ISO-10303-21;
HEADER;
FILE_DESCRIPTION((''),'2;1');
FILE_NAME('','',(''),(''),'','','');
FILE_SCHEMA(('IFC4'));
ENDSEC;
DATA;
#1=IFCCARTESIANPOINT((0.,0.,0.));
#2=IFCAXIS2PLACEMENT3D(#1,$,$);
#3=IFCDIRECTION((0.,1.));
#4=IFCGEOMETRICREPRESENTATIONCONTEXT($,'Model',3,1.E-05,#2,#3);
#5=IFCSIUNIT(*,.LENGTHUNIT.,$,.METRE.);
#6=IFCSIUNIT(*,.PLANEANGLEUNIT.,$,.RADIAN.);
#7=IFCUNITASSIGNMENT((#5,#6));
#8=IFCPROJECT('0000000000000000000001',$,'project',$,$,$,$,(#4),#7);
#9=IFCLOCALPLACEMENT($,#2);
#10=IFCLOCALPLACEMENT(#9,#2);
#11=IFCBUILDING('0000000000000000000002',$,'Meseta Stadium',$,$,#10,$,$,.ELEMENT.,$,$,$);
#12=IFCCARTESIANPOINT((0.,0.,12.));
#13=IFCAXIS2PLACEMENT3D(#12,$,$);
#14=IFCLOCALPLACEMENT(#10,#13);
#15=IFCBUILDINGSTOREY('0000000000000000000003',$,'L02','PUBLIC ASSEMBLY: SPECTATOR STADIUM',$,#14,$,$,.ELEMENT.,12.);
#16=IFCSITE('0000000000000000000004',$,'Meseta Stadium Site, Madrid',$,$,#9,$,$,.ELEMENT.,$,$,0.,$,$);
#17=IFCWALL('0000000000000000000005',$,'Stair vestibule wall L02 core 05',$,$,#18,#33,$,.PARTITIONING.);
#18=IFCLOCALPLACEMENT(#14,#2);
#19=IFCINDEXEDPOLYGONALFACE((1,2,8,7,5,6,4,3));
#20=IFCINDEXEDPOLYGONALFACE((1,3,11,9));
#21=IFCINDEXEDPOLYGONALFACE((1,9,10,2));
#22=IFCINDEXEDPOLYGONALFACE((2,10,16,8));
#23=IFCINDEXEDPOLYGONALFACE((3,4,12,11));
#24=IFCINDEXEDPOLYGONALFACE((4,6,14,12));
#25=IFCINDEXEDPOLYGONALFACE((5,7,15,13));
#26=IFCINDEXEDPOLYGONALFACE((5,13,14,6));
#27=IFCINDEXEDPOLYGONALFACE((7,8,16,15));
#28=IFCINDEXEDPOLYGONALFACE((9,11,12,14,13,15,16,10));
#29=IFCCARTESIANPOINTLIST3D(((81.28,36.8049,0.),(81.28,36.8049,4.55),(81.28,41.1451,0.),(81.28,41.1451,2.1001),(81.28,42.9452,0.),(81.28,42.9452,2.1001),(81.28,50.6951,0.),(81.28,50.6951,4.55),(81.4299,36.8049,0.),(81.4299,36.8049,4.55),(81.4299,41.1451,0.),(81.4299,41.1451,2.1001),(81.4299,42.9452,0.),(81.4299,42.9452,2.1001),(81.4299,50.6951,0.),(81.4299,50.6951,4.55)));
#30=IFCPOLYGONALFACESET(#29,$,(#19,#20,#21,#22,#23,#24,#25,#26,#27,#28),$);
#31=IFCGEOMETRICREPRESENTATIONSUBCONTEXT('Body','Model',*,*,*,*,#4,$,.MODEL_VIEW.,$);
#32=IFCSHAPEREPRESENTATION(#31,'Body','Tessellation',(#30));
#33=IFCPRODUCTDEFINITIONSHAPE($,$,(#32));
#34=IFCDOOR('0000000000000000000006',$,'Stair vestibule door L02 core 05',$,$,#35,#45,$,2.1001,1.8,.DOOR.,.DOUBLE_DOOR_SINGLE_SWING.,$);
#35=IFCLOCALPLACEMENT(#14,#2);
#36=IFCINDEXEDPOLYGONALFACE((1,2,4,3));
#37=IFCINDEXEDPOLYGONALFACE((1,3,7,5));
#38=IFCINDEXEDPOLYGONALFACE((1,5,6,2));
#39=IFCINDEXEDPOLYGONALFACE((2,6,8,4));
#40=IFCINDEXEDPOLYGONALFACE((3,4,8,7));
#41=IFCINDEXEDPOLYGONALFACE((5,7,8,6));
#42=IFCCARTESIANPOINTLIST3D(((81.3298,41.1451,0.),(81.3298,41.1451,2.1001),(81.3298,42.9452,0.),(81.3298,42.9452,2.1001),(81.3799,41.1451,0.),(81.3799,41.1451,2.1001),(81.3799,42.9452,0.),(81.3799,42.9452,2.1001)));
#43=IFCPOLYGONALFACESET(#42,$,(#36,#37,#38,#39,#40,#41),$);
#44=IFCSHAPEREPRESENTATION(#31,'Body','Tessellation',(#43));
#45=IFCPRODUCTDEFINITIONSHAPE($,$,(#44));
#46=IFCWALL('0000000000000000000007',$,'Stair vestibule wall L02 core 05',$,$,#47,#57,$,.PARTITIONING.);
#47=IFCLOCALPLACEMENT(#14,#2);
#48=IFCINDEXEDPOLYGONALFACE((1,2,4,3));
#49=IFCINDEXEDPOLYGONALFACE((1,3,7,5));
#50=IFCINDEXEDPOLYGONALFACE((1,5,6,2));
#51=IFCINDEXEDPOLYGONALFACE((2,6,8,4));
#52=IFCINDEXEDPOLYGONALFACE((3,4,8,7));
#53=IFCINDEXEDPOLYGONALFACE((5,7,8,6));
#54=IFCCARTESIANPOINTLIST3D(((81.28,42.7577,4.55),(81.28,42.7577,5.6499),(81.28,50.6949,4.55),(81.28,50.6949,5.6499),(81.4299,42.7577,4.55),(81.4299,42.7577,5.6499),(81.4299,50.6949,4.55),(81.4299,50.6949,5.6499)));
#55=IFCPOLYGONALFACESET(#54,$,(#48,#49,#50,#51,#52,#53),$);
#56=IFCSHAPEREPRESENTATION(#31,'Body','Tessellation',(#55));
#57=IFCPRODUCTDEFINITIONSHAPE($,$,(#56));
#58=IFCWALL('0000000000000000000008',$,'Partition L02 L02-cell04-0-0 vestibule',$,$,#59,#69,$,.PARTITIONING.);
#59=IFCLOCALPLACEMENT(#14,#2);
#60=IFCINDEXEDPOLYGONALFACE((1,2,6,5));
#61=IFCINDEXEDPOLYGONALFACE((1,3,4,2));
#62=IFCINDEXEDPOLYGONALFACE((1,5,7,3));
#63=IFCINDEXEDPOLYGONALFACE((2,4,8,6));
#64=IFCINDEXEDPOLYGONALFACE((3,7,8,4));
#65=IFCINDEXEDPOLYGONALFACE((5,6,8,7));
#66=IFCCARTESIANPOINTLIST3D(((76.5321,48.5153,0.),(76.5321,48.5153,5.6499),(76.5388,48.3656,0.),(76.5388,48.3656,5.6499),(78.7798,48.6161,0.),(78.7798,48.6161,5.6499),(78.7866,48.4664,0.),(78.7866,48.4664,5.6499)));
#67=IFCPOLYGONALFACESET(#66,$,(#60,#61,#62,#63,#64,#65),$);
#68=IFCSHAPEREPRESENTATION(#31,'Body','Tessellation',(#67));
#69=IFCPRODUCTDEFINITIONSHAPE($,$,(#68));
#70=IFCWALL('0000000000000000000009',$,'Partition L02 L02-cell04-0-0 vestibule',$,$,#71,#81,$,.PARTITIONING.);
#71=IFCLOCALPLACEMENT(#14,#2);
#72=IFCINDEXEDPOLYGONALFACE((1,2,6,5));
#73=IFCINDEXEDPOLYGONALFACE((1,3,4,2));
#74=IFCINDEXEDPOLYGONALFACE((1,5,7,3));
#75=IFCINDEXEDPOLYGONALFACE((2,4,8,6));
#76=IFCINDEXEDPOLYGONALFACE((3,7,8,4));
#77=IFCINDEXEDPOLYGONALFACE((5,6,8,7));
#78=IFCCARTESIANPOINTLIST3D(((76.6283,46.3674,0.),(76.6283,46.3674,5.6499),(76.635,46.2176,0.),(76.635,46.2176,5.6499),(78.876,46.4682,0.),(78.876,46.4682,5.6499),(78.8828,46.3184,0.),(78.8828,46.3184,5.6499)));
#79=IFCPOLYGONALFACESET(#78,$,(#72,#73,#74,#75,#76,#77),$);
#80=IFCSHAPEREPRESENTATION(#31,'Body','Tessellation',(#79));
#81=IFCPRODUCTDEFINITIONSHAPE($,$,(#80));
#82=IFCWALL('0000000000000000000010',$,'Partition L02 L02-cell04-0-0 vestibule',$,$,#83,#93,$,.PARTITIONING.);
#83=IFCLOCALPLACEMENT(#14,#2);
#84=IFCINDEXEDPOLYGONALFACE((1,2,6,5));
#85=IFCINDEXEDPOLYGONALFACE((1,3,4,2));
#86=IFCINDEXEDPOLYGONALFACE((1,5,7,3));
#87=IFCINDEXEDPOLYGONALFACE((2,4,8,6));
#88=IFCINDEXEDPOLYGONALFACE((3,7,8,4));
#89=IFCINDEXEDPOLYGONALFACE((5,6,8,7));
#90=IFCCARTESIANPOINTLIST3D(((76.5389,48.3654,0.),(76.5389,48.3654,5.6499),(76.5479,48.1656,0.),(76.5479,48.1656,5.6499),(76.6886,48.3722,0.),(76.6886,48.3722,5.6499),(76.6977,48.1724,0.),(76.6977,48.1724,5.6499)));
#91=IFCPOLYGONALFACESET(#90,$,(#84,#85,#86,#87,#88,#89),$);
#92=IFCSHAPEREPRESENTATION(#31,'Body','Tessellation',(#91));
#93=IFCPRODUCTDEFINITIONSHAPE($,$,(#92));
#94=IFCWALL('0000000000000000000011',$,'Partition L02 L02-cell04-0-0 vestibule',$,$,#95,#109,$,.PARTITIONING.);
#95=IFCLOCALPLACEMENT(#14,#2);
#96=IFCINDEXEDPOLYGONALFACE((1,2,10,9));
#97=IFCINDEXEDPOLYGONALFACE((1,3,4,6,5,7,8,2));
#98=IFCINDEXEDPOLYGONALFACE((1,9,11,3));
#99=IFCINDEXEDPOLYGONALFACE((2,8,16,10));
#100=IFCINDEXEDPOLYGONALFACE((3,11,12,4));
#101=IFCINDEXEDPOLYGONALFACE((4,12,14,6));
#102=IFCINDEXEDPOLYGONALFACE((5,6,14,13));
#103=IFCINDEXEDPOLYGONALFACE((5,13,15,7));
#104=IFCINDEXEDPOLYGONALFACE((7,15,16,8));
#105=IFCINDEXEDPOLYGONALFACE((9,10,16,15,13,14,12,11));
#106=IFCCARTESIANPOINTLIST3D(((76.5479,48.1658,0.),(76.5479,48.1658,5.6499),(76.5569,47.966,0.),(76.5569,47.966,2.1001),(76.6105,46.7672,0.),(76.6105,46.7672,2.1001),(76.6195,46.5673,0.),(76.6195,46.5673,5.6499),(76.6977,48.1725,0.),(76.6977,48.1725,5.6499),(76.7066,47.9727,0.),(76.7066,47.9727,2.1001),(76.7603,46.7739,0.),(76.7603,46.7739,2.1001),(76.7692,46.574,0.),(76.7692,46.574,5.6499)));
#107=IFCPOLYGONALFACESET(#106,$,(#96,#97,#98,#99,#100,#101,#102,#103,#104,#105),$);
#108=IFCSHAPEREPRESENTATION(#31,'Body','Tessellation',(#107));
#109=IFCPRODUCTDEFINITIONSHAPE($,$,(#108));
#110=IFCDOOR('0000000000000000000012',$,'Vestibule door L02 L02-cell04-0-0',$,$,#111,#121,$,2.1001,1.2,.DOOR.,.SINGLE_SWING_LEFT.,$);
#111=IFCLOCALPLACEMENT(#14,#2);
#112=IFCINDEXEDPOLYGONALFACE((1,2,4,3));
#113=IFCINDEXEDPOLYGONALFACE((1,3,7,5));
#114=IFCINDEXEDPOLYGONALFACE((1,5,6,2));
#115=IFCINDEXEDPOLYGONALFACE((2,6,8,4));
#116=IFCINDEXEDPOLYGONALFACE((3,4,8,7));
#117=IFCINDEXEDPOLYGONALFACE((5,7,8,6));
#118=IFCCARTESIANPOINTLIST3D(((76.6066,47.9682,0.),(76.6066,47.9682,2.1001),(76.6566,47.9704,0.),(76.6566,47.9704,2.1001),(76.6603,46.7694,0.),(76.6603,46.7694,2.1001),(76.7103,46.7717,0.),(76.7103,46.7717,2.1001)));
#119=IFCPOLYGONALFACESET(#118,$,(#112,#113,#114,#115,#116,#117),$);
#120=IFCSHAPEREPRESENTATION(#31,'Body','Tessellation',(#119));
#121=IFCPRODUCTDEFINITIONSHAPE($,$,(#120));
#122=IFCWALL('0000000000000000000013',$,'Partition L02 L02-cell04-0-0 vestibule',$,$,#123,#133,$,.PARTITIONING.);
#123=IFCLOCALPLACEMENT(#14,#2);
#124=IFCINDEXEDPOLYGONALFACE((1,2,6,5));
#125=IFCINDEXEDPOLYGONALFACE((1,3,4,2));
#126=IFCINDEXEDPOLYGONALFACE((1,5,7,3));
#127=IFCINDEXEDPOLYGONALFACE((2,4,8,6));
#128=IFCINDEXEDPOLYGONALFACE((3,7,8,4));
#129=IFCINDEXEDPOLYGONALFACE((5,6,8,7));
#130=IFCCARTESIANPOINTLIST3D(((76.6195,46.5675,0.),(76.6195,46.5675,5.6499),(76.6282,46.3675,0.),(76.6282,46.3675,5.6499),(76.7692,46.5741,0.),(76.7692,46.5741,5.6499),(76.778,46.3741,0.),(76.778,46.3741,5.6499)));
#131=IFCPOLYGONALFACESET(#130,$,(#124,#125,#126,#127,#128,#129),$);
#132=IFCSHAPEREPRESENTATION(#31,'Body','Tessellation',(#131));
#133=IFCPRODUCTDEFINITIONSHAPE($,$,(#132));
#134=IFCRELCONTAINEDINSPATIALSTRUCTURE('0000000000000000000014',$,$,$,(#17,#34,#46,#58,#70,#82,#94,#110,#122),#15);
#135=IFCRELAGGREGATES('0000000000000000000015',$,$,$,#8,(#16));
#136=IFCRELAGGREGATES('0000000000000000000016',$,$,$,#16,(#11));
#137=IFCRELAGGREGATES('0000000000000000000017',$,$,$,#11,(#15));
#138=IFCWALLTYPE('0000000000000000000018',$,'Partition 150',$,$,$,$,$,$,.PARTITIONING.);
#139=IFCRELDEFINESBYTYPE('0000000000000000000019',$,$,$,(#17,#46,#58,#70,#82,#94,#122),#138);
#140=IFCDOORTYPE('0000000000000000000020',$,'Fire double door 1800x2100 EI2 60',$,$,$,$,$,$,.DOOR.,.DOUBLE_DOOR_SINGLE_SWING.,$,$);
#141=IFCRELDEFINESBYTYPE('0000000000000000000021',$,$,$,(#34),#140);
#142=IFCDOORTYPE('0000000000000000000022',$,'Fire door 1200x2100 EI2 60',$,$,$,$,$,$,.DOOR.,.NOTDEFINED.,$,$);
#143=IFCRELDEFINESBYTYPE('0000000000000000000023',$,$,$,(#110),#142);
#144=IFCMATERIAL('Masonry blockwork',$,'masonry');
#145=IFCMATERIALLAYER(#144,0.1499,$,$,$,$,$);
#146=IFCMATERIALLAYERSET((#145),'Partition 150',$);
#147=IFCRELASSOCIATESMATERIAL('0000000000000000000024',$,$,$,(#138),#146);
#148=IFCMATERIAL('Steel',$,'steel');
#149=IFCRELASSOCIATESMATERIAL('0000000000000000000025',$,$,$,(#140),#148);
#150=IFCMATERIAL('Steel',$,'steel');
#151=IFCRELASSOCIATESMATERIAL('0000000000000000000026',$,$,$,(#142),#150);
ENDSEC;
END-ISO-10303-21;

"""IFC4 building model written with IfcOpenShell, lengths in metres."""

from ifc_helpers import new_model, si_unit, direction, frame, frame_2d, origin, place, context, subcontext, project, spatial, rectangle, extrude, material, layer, layer_set, type_object, element, fill, save


model = new_model("IFC4")

# Units and contexts
model_context = context("Model", 3, precision=1e-05, world=origin(), true_north=direction((0.0, 1.0)))
body_context = subcontext(model_context, "Body", "Model", "MODEL_VIEW")
ifc_project = project(units=[si_unit("LENGTHUNIT", "METRE"), si_unit("PLANEANGLEUNIT", "RADIAN")], contexts=[model_context])

# Site, building, storey
site_placement = place(None, origin())
site = spatial("IfcSite", under=ifc_project, at=site_placement, Name="Meseta Stadium Site, Madrid", CompositionType="ELEMENT", RefElevation=0.0)
building_placement = place(site_placement, origin())
building = spatial("IfcBuilding", under=site, at=building_placement, Name="Meseta Stadium", CompositionType="ELEMENT")
storey_placement = place(building_placement, frame((0.0, 0.0, 12.0)))
storey = spatial("IfcBuildingStorey", under=building, at=storey_placement, Name="L02", Description="PUBLIC ASSEMBLY: SPECTATOR STADIUM", CompositionType="ELEMENT", Elevation=12.0)

# Wall, opening, door
ifc_material_1 = material(Name="Masonry blockwork", Category="masonry")
ifc_layer_1 = layer(ifc_material_1, 0.1499)
ifc_layer_set_1 = layer_set([ifc_layer_1], Name="Partition 150")
wall_type = type_object("IfcWallType", Name="Partition 150", PredefinedType="PARTITIONING", material=ifc_layer_set_1)
wall_1_placement = place(storey_placement, frame((81.355, 50.6951, 0.0), z_axis=(0.0, 0.0, 1.0), x_axis=(0.0, -1.0, 0.0)))
wall_1 = element("IfcWall", 1, at=wall_1_placement, inside=storey, type_object=wall_type, Name="Stair vestibule wall L02 core 05", PredefinedType="PARTITIONING", context=body_context, shape_type="SweptSolid", body=[
    extrude(rectangle(XDim=13.8901, YDim=0.1499, at=frame_2d((6.9451, 0.0))), origin(), (0.0, 0.0, 1.0), 4.55),
])
opening_1_placement = place(wall_1_placement, frame((7.75, 0.0, 0.0)))
opening_1 = element("IfcOpeningElement", 2, at=opening_1_placement, cuts=wall_1, PredefinedType="OPENING", context=body_context, shape_type="SweptSolid", body=[
    extrude(rectangle(XDim=1.8, YDim=2.1001, at=frame_2d((0.8999, 1.05))), frame((0.0, 0.085, 0.0), z_axis=(0.0, -1.0, 0.0), x_axis=(1.0, 0.0, 0.0)), (0.0, 0.0, 1.0), 0.1699),
])
ifc_material_2 = material(Name="Steel", Category="steel")
door_type_1 = type_object("IfcDoorType", Name="Fire double door 1800x2100 EI2 60", OperationType="DOUBLE_DOOR_SINGLE_SWING", PredefinedType="DOOR", material=ifc_material_2)
door_1_placement = place(opening_1_placement, origin())
door_1 = element("IfcDoor", 3, at=door_1_placement, inside=storey, type_object=door_type_1, Name="Stair vestibule door L02 core 05", OperationType="DOUBLE_DOOR_SINGLE_SWING", OverallHeight=2.1001, OverallWidth=1.8, PredefinedType="DOOR", context=body_context, shape_type="SweptSolid", body=[
    extrude(rectangle(XDim=1.8, YDim=2.1001, at=frame_2d((0.8999, 1.05))), frame((0.0, 0.0249, 0.0), z_axis=(0.0, -1.0, 0.0), x_axis=(1.0, 0.0, 0.0)), (0.0, 0.0, 1.0), 0.05),
])
fill(opening_1, door_1)

# Walls
wall_2_placement = place(storey_placement, frame((81.355, 50.6951, 4.55), z_axis=(0.0, 0.0, 1.0), x_axis=(0.0, -1.0, 0.0)))
element("IfcWall", 4, at=wall_2_placement, inside=storey, type_object=wall_type, Name="Stair vestibule wall L02 core 05", PredefinedType="PARTITIONING", context=body_context, shape_type="SweptSolid", body=[
    extrude(rectangle(XDim=7.9373, YDim=0.1499, at=frame_2d((3.9688, 0.0))), origin(), (0.0, 0.0, 1.0), 1.0999),
])
for number, where, z_axis, x_axis, name in (
    (5, (78.7832, 48.5413, 0.0), (0.0, 0.0, 1.0), (-0.998995, -0.044812, 0.0), "Partition L02 L02-cell04-0-0 vestibule"),
    (6, (78.8794, 46.3933, 0.0), (0.0, 0.0, 1.0), (-0.998995, -0.044812, 0.0), "Partition L02 L02-cell04-0-0 vestibule"),
):
    element("IfcWall", number, at=place(storey_placement, frame(where, z_axis=z_axis, x_axis=x_axis)), inside=storey, type_object=wall_type, Name=name, PredefinedType="PARTITIONING", context=body_context, shape_type="SweptSolid", body=[
        extrude(rectangle(XDim=2.25, YDim=0.1499, at=frame_2d((1.125, 0.0))), origin(), (0.0, 0.0, 1.0), 5.6499),
    ])
wall_3_placement = place(storey_placement, frame((76.6138, 48.3689, 0.0), z_axis=(0.0, 0.0, 1.0), x_axis=(0.045186, -0.998979, 0.0)))
element("IfcWall", 7, at=wall_3_placement, inside=storey, type_object=wall_type, Name="Partition L02 L02-cell04-0-0 vestibule", PredefinedType="PARTITIONING", context=body_context, shape_type="SweptSolid", body=[
    extrude(rectangle(XDim=0.2, YDim=0.1499, at=frame_2d((0.1001, 0.0))), origin(), (0.0, 0.0, 1.0), 5.6499),
])

# Wall, opening, door
wall_4_placement = place(storey_placement, frame((76.6228, 48.1692, 0.0), z_axis=(0.0, 0.0, 1.0), x_axis=(0.044709, -0.999, 0.0)))
wall_4 = element("IfcWall", 8, at=wall_4_placement, inside=storey, type_object=wall_type, Name="Partition L02 L02-cell04-0-0 vestibule", PredefinedType="PARTITIONING", context=body_context, shape_type="SweptSolid", body=[
    extrude(rectangle(XDim=1.6001, YDim=0.1499, at=frame_2d((0.8, 0.0))), origin(), (0.0, 0.0, 1.0), 5.6499),
])
opening_2_placement = place(wall_4_placement, frame((0.2, 0.0, 0.0)))
opening_2 = element("IfcOpeningElement", 9, at=opening_2_placement, cuts=wall_4, PredefinedType="OPENING", context=body_context, shape_type="SweptSolid", body=[
    extrude(rectangle(XDim=1.2, YDim=2.1001, at=frame_2d((0.6001, 1.05))), frame((0.0, 0.085, 0.0), z_axis=(0.0, -1.0, 0.0), x_axis=(1.0, 0.0, 0.0)), (0.0, 0.0, 1.0), 0.1699),
])
ifc_material_3 = material(Name="Steel", Category="steel")
door_type_2 = type_object("IfcDoorType", Name="Fire door 1200x2100 EI2 60", OperationType="NOTDEFINED", PredefinedType="DOOR", material=ifc_material_3)
door_2_placement = place(opening_2_placement, origin())
door_2 = element("IfcDoor", 10, at=door_2_placement, inside=storey, type_object=door_type_2, Name="Vestibule door L02 L02-cell04-0-0", OperationType="SINGLE_SWING_LEFT", OverallHeight=2.1001, OverallWidth=1.2, PredefinedType="DOOR", context=body_context, shape_type="SweptSolid", body=[
    extrude(rectangle(XDim=1.2, YDim=2.1001, at=frame_2d((0.6001, 1.05))), frame((0.0, 0.0249, 0.0), z_axis=(0.0, -1.0, 0.0), x_axis=(1.0, 0.0, 0.0)), (0.0, 0.0, 1.0), 0.05),
])
fill(opening_2, door_2)

# Wall
wall_5_placement = place(storey_placement, frame((76.6943, 46.5708, 0.0), z_axis=(0.0, 0.0, 1.0), x_axis=(0.043914, -0.999035, 0.0)))
element("IfcWall", 11, at=wall_5_placement, inside=storey, type_object=wall_type, Name="Partition L02 L02-cell04-0-0 vestibule", PredefinedType="PARTITIONING", context=body_context, shape_type="SweptSolid", body=[
    extrude(rectangle(XDim=0.2002, YDim=0.1499, at=frame_2d((0.1001, 0.0))), origin(), (0.0, 0.0, 1.0), 5.6499),
])

save(model, "model.ifc")
